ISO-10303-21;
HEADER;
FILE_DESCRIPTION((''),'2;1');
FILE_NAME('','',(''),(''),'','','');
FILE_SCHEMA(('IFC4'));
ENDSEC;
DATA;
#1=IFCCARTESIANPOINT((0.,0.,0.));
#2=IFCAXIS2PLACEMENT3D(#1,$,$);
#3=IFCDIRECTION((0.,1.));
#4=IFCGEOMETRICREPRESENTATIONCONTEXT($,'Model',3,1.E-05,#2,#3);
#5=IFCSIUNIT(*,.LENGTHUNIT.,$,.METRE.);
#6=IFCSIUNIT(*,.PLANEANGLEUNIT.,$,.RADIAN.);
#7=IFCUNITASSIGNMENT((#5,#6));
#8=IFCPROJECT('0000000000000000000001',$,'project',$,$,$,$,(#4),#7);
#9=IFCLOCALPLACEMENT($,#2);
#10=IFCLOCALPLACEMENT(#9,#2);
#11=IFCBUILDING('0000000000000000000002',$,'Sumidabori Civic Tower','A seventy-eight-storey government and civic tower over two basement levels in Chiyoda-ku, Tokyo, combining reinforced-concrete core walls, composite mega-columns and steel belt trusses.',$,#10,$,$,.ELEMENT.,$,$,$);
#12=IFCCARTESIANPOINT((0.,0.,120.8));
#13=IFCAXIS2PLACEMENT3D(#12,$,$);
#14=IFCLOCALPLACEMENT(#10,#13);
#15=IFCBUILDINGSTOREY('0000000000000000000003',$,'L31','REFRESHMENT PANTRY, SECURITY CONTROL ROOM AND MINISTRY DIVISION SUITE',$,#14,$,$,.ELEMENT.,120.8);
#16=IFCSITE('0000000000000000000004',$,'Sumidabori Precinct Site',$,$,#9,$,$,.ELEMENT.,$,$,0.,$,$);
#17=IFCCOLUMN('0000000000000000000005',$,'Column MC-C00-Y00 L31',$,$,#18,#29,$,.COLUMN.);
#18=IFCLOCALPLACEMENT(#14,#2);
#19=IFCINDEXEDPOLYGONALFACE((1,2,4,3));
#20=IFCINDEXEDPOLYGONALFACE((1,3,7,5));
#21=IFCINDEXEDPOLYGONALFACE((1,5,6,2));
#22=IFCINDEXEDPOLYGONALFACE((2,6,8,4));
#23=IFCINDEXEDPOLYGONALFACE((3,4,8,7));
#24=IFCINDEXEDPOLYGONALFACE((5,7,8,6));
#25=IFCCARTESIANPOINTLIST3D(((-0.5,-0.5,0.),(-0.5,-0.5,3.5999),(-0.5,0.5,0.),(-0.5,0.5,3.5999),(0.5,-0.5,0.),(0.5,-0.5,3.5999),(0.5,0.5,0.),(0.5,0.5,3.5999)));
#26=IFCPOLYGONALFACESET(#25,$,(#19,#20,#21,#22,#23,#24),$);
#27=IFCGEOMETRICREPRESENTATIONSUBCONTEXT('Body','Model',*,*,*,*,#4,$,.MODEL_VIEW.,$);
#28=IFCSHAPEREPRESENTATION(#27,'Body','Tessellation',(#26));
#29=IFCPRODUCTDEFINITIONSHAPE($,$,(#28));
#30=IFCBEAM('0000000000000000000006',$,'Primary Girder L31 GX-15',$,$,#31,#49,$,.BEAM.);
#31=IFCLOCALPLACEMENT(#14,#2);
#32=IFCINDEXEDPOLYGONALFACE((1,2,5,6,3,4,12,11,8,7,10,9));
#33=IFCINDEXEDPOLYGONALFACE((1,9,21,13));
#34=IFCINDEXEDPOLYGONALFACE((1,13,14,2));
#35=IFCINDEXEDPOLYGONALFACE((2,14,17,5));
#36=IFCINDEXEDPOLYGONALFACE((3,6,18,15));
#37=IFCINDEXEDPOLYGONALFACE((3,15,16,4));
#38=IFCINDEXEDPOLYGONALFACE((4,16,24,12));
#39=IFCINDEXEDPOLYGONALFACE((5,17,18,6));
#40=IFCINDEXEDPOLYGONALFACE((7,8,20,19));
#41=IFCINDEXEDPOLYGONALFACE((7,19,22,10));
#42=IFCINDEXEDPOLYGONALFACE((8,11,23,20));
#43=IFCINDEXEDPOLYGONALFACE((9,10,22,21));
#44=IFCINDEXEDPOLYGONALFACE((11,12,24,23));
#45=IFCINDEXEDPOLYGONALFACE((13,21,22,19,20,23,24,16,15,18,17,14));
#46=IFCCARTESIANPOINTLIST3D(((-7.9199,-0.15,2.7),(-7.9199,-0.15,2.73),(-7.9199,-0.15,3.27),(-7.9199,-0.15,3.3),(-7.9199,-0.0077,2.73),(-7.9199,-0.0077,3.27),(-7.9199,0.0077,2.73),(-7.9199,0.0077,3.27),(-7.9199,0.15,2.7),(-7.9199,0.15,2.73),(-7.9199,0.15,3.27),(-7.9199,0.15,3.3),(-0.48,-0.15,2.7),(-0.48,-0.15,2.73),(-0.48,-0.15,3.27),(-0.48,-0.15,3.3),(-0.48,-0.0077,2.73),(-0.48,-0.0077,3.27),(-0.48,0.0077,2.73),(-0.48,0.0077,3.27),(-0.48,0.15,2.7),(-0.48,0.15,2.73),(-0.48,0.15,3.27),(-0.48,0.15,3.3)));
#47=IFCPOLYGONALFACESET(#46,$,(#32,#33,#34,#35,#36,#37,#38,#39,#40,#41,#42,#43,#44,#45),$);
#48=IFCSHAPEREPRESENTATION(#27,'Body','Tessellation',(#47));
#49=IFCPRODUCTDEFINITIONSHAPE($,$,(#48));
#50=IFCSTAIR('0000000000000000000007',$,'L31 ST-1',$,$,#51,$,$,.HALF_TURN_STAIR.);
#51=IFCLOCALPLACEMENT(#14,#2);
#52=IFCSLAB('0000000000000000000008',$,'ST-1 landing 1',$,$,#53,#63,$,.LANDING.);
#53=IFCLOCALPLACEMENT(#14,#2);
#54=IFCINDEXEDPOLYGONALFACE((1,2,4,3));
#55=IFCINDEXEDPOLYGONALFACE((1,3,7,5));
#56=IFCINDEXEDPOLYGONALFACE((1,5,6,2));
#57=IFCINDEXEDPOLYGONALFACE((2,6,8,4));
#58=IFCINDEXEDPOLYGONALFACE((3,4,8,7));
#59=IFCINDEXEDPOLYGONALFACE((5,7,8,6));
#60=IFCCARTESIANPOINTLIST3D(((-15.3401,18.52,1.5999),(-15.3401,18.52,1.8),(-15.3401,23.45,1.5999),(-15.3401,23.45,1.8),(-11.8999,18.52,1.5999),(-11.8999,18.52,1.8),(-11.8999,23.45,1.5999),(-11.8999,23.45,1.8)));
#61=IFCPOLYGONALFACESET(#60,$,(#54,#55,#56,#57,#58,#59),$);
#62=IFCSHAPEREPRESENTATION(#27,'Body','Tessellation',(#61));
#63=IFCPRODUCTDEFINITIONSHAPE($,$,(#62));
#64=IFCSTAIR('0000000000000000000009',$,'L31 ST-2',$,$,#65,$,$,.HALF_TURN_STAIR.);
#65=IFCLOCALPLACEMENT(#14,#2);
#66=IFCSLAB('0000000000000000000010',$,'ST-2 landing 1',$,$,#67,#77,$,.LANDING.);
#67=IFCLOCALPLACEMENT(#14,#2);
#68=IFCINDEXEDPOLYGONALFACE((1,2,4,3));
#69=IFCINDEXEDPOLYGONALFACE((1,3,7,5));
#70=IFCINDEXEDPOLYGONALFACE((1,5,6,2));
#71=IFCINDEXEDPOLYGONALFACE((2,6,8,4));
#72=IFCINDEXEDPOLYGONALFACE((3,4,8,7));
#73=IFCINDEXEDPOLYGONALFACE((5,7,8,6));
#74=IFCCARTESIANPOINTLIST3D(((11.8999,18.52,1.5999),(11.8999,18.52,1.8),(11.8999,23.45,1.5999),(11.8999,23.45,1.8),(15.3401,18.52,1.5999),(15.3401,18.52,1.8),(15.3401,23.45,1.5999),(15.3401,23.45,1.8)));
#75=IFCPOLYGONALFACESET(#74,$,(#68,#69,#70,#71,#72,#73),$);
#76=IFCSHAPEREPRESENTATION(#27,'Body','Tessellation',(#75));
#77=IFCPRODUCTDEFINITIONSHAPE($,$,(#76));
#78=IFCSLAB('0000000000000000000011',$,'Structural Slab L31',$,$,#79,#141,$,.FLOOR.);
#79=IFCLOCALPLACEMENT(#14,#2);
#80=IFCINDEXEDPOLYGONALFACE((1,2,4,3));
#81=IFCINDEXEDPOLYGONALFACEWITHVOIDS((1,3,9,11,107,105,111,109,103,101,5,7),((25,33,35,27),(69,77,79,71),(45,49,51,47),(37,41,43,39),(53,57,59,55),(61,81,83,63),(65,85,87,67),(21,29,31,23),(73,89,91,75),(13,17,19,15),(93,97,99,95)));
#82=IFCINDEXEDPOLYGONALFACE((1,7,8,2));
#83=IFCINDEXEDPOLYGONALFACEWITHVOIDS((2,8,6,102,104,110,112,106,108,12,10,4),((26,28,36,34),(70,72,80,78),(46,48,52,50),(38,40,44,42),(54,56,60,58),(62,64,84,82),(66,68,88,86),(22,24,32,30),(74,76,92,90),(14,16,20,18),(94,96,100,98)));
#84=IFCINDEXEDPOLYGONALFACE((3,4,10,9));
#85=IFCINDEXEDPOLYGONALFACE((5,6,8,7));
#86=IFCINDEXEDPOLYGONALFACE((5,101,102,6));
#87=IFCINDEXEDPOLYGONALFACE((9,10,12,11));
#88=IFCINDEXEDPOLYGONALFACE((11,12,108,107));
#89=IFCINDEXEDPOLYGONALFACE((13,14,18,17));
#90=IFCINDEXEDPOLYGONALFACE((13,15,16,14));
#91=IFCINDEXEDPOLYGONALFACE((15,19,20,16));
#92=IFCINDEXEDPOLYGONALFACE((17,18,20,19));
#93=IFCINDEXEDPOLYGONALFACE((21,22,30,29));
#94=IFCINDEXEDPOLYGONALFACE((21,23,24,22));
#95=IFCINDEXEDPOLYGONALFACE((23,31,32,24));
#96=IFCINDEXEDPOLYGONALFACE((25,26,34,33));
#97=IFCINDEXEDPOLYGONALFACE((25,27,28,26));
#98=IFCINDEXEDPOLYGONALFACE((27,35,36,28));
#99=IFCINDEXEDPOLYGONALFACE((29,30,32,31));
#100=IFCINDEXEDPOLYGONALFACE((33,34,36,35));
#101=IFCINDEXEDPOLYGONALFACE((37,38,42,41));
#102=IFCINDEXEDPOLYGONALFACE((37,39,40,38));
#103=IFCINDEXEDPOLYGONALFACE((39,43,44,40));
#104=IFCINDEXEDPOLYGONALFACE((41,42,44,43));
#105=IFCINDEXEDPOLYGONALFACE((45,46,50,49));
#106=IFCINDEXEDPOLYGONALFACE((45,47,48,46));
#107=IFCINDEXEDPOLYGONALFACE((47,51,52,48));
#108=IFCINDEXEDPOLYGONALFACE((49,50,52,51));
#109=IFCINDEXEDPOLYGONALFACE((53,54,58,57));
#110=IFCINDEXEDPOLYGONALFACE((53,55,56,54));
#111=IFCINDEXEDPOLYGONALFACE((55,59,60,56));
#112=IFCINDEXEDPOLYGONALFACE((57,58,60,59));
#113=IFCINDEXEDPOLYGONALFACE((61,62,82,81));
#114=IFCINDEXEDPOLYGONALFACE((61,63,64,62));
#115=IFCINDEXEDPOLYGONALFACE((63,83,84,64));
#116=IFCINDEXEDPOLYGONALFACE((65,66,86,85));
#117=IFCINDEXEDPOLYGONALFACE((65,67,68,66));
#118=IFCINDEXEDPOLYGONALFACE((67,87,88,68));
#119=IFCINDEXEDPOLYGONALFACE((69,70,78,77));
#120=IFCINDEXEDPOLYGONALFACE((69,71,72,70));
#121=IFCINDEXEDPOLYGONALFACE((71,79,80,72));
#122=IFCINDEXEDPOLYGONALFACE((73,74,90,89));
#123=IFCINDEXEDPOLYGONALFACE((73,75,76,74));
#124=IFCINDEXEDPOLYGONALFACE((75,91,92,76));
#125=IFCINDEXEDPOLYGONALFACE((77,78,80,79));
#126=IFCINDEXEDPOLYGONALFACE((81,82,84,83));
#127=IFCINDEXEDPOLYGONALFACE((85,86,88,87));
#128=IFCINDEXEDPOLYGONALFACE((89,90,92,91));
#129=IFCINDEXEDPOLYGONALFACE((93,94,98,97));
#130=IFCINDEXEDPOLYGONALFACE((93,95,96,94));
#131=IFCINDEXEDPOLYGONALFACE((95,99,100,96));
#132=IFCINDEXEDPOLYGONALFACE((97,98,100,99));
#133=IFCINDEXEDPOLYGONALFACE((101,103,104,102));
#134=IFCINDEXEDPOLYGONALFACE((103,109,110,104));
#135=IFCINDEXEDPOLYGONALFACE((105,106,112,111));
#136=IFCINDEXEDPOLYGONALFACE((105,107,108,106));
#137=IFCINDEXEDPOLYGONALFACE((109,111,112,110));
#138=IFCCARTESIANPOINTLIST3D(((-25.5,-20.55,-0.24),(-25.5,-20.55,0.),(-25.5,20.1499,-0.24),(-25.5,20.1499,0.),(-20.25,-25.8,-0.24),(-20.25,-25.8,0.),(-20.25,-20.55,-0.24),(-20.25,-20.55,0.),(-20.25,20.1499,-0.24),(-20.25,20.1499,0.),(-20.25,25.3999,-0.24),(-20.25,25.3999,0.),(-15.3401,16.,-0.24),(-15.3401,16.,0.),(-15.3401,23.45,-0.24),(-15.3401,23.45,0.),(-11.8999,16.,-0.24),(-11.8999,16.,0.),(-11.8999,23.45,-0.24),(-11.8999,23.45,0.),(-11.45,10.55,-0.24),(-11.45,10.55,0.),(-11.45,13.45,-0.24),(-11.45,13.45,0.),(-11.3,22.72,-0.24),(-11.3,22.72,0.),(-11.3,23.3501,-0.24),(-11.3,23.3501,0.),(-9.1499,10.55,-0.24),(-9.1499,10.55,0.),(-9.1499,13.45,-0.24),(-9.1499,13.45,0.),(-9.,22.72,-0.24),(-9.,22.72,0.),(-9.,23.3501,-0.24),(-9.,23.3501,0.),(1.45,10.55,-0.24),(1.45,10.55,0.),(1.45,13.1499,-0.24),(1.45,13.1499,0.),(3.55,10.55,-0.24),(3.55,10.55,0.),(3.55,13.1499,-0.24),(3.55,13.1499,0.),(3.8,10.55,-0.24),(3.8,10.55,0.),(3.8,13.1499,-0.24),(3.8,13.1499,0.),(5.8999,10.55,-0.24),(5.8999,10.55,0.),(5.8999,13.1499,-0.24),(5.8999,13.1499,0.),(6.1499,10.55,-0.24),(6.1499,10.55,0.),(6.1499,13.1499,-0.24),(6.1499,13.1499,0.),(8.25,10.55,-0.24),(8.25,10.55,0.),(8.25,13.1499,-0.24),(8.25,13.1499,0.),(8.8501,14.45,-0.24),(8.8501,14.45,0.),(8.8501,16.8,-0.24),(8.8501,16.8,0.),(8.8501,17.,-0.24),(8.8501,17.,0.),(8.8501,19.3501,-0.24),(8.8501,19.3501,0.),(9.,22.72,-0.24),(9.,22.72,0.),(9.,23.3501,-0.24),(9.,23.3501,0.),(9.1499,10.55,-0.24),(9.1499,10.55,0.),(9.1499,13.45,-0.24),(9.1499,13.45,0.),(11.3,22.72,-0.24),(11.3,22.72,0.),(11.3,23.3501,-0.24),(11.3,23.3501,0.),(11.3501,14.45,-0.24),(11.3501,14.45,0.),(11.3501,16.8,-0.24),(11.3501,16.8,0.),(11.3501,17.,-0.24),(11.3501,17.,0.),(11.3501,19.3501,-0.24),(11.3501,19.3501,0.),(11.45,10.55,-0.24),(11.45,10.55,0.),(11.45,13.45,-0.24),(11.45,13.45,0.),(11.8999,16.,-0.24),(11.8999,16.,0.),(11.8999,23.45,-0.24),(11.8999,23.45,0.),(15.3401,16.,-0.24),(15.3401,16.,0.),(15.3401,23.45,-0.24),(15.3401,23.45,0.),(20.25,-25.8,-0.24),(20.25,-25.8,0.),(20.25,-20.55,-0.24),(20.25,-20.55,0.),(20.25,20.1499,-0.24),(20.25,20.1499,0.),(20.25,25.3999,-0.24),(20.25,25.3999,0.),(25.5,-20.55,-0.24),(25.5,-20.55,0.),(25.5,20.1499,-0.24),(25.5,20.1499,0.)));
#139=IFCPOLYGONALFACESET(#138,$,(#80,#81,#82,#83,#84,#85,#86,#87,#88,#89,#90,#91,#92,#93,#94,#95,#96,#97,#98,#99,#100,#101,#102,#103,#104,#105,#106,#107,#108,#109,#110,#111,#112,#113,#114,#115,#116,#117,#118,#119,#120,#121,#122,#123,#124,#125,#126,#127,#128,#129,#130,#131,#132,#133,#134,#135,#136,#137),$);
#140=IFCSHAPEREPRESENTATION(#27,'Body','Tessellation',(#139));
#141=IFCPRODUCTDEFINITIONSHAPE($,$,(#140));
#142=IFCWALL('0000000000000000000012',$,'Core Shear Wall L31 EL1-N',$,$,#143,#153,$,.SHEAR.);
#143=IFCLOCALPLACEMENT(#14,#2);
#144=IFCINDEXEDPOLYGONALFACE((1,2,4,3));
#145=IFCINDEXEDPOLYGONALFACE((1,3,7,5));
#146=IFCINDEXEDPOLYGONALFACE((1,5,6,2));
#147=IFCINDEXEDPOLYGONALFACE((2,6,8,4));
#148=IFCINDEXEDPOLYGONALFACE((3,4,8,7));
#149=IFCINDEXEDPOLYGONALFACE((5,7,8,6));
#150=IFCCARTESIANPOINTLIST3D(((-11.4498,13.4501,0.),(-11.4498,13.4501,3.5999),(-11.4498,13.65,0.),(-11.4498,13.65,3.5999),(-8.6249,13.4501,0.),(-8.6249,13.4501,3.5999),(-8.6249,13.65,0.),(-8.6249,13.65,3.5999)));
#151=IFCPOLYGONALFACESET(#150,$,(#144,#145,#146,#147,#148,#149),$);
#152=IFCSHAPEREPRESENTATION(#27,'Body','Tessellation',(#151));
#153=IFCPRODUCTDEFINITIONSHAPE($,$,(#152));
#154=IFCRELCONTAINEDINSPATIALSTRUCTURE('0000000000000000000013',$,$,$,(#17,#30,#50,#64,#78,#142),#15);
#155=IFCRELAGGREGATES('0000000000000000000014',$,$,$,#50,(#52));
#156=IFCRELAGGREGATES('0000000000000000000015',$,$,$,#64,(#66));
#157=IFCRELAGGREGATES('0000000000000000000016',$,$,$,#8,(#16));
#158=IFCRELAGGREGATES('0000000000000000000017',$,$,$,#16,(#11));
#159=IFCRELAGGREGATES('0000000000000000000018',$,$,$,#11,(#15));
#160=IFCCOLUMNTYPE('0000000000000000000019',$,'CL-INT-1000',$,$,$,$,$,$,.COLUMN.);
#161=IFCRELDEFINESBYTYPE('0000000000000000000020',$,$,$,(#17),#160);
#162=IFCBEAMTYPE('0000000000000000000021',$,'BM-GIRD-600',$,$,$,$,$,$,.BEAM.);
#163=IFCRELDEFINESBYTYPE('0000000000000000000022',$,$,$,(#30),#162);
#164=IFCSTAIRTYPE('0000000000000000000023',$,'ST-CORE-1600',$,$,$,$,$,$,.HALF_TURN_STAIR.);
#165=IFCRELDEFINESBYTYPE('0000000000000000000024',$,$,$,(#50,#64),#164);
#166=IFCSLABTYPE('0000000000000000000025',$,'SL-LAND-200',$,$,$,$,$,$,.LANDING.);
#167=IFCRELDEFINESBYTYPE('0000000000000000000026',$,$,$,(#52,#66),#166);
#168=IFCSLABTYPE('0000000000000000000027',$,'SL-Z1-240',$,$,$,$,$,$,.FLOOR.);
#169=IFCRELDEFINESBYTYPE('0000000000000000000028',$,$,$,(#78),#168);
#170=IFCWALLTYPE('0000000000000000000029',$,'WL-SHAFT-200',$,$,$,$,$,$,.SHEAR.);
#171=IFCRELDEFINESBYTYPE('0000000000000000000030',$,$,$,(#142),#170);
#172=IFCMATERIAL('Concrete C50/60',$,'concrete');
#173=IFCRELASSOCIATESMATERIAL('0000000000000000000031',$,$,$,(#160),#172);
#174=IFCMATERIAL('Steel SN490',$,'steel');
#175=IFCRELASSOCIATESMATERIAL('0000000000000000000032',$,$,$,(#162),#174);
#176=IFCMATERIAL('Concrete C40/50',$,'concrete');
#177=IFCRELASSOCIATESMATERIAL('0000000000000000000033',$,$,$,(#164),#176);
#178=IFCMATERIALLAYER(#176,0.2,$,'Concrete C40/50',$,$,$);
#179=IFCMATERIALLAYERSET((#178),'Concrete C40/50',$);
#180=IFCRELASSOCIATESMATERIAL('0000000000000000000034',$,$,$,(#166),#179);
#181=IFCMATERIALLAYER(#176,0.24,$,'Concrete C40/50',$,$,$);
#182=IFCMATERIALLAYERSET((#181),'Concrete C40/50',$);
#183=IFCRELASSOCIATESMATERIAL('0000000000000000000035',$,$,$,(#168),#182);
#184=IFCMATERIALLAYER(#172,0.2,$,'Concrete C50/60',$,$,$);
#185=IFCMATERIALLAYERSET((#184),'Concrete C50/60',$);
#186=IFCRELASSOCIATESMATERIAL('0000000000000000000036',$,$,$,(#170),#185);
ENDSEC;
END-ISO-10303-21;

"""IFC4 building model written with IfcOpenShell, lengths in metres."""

from ifc_helpers import new_model, si_unit, direction, frame, frame_2d, origin, origin_with_axes, origin_2d, place, context, subcontext, project, spatial, polyline, rectangle, i_section, outline, extrude, source, transform, mapped, material, layer, layer_set, material_profile, profile_set, type_object, element, aggregate, save


model = new_model("IFC4")

# Units and contexts
model_context = context("Model", 3, precision=1e-05, world=origin(), true_north=direction((0.0, 1.0)))
body_context = subcontext(model_context, "Body", "Model", "MODEL_VIEW")
ifc_project = project(units=[si_unit("LENGTHUNIT", "METRE"), si_unit("PLANEANGLEUNIT", "RADIAN")], contexts=[model_context])

# Site, building, storey
site_placement = place(None, origin())
site = spatial("IfcSite", under=ifc_project, at=site_placement, Name="Sumidabori Precinct Site", CompositionType="ELEMENT", RefElevation=0.0)
building_placement = place(site_placement, origin())
building = spatial("IfcBuilding", under=site, at=building_placement, Name="Sumidabori Civic Tower", Description="A seventy-eight-storey government and civic tower over two basement levels in Chiyoda-ku, Tokyo, combining reinforced-concrete core walls, composite mega-columns and steel belt trusses.", CompositionType="ELEMENT")
storey_placement = place(building_placement, frame((0.0, 0.0, 120.8)))
storey = spatial("IfcBuildingStorey", under=building, at=storey_placement, Name="L31", Description="REFRESHMENT PANTRY, SECURITY CONTROL ROOM AND MINISTRY DIVISION SUITE", CompositionType="ELEMENT", Elevation=120.8)

# Column
ifc_material_1 = material(Name="Concrete C50/60", Category="concrete")
ifc_material_profile_1 = material_profile(ifc_material_1, rectangle(XDim=1.0, YDim=1.0, at=origin_2d()), Name="RC 1000x1000")
ifc_profile_set_1 = profile_set([ifc_material_profile_1], Name="Concrete C50/60")
column_type = type_object("IfcColumnType", Name="CL-INT-1000", PredefinedType="COLUMN", material=ifc_profile_set_1)
shared_shape_1 = source(origin(), body_context, "Body", "SweptSolid", [
    extrude(rectangle(XDim=1.0, YDim=1.0, at=origin_2d()), origin(), (0.0, 0.0, 1.0), 3.5999),
])
column_placement = place(storey_placement, origin_with_axes())
element("IfcColumn", 1, at=column_placement, inside=storey, type_object=column_type, Name="Column MC-C00-Y00 L31", PredefinedType="COLUMN", context=body_context, shape_type="MappedRepresentation", body=[
    mapped(shared_shape_1, transform((0.0, 0.0, 0.0), x_axis=(1.0, 0.0, 0.0), y_axis=(0.0, 1.0, 0.0), z_axis=(0.0, 0.0, 1.0), scale=1.0)),
])

# Beam
ifc_material_2 = material(Name="Steel SN490", Category="steel")
ifc_material_profile_2 = material_profile(ifc_material_2, i_section(OverallWidth=0.3, OverallDepth=0.6001, WebThickness=0.0154, FlangeThickness=0.03, at=origin_2d()), Name="HE 600 B")
ifc_profile_set_2 = profile_set([ifc_material_profile_2], Name="Steel SN490")
beam_type = type_object("IfcBeamType", Name="BM-GIRD-600", PredefinedType="BEAM", material=ifc_profile_set_2)
shared_shape_2 = source(origin(), body_context, "Body", "SweptSolid", [
    extrude(i_section(OverallWidth=0.3, OverallDepth=0.6001, WebThickness=0.0154, FlangeThickness=0.03, at=origin_2d()), origin(), (0.0, 0.0, 1.0), 7.4399),
])
beam_placement = place(storey_placement, frame((-7.9199, 0.0, 3.0), z_axis=(1.0, 0.0, 0.0), x_axis=(0.0, 1.0, 0.0)))
element("IfcBeam", 2, at=beam_placement, inside=storey, type_object=beam_type, Name="Primary Girder L31 GX-15", PredefinedType="BEAM", context=body_context, shape_type="MappedRepresentation", body=[
    mapped(shared_shape_2, transform((0.0, 0.0, 0.0), x_axis=(1.0, 0.0, 0.0), y_axis=(0.0, 1.0, 0.0), z_axis=(0.0, 0.0, 1.0), scale=1.0)),
])

# Stairs, slabs
ifc_material_3 = material(Name="Concrete C40/50", Category="concrete")
stair_type = type_object("IfcStairType", Name="ST-CORE-1600", PredefinedType="HALF_TURN_STAIR", material=ifc_material_3)
stair_1_placement = place(storey_placement, origin())
stair_1 = element("IfcStair", 3, at=stair_1_placement, inside=storey, type_object=stair_type, Name="L31 ST-1", PredefinedType="HALF_TURN_STAIR")
ifc_layer_1 = layer(ifc_material_3, 0.2, Name="Concrete C40/50")
ifc_layer_set_1 = layer_set([ifc_layer_1], Name="Concrete C40/50")
slab_type_1 = type_object("IfcSlabType", Name="SL-LAND-200", PredefinedType="LANDING", material=ifc_layer_set_1)
slab_1_placement = place(storey_placement, frame((0.0, 0.0, 1.5999)))
slab_1 = element("IfcSlab", 4, at=slab_1_placement, type_object=slab_type_1, Name="ST-1 landing 1", PredefinedType="LANDING", context=body_context, shape_type="SweptSolid", body=[
    extrude(outline(polyline([(-11.8999, 18.52), (-11.8999, 23.45), (-15.3401, 23.45), (-15.3401, 18.52), (-11.8999, 18.52)])), origin(), (0.0, 0.0, 1.0), 0.2002),
])
aggregate(stair_1, [slab_1])
stair_2_placement = place(storey_placement, origin())
stair_2 = element("IfcStair", 5, at=stair_2_placement, inside=storey, type_object=stair_type, Name="L31 ST-2", PredefinedType="HALF_TURN_STAIR")
slab_2_placement = place(storey_placement, frame((0.0, 0.0, 1.5999)))
slab_2 = element("IfcSlab", 6, at=slab_2_placement, type_object=slab_type_1, Name="ST-2 landing 1", PredefinedType="LANDING", context=body_context, shape_type="SweptSolid", body=[
    extrude(outline(polyline([(15.3401, 18.52), (15.3401, 23.45), (11.8999, 23.45), (11.8999, 18.52), (15.3401, 18.52)])), origin(), (0.0, 0.0, 1.0), 0.2002),
])
aggregate(stair_2, [slab_2])

# Slab
ifc_layer_2 = layer(ifc_material_3, 0.24, Name="Concrete C40/50")
ifc_layer_set_2 = layer_set([ifc_layer_2], Name="Concrete C40/50")
slab_type_2 = type_object("IfcSlabType", Name="SL-Z1-240", PredefinedType="FLOOR", material=ifc_layer_set_2)
slab_3_placement = place(storey_placement, frame((0.0, 0.0, -0.24)))
element("IfcSlab", 7, at=slab_3_placement, inside=storey, type_object=slab_type_2, Name="Structural Slab L31", PredefinedType="FLOOR", context=body_context, shape_type="SweptSolid", body=[
    extrude(outline(polyline([(-20.25, -25.8), (20.25, -25.8), (20.25, -20.55), (25.5, -20.55), (25.5, 20.1499), (20.25, 20.1499), (20.25, 25.3999), (-20.25, 25.3999), (-20.25, 20.1499), (-25.5, 20.1499), (-25.5, -20.55), (-20.25, -20.55), (-20.25, -25.8)]), holes=[polyline([(-11.8999, 16.0), (-11.8999, 23.45), (-15.3401, 23.45), (-15.3401, 16.0), (-11.8999, 16.0)]), polyline([(15.3401, 16.0), (15.3401, 23.45), (11.8999, 23.45), (11.8999, 16.0), (15.3401, 16.0)]), polyline([(-11.45, 10.55), (-9.1499, 10.55), (-9.1499, 13.45), (-11.45, 13.45), (-11.45, 10.55)]), polyline([(9.1499, 10.55), (11.45, 10.55), (11.45, 13.45), (9.1499, 13.45), (9.1499, 10.55)]), polyline([(1.45, 10.55), (3.55, 10.55), (3.55, 13.1499), (1.45, 13.1499), (1.45, 10.55)]), polyline([(3.8, 10.55), (5.8999, 10.55), (5.8999, 13.1499), (3.8, 13.1499), (3.8, 10.55)]), polyline([(6.1499, 10.55), (8.25, 10.55), (8.25, 13.1499), (6.1499, 13.1499), (6.1499, 10.55)]), polyline([(8.8501, 14.45), (11.3501, 14.45), (11.3501, 16.8), (8.8501, 16.8), (8.8501, 14.45)]), polyline([(8.8501, 17.0), (11.3501, 17.0), (11.3501, 19.3501), (8.8501, 19.3501), (8.8501, 17.0)]), polyline([(-11.3, 22.72), (-9.0, 22.72), (-9.0, 23.3501), (-11.3, 23.3501), (-11.3, 22.72)]), polyline([(9.0, 22.72), (11.3, 22.72), (11.3, 23.3501), (9.0, 23.3501), (9.0, 22.72)])]), origin(), (0.0, 0.0, 1.0), 0.24),
])

# Wall
ifc_layer_3 = layer(ifc_material_1, 0.2, Name="Concrete C50/60")
ifc_layer_set_3 = layer_set([ifc_layer_3], Name="Concrete C50/60")
wall_type_1 = type_object("IfcWallType", Name="WL-SHAFT-200", PredefinedType="SHEAR", material=ifc_layer_set_3)
shared_shape_3 = source(origin(), body_context, "Body", "SweptSolid", [
    extrude(rectangle(XDim=2.825, YDim=0.2, at=frame_2d((1.4126, 0.0))), origin(), (0.0, 0.0, 1.0), 3.5999),
])
wall_1_placement = place(storey_placement, frame((-11.45, 13.55, 0.0), z_axis=(0.0, 0.0, 1.0), x_axis=(1.0, 0.0, 0.0)))
element("IfcWall", 8, at=wall_1_placement, inside=storey, type_object=wall_type_1, Name="Core Shear Wall L31 EL1-N", PredefinedType="SHEAR", context=body_context, shape_type="MappedRepresentation", body=[
    mapped(shared_shape_3, transform((0.0, 0.0, 0.0), x_axis=(1.0, 0.0, 0.0), y_axis=(0.0, 1.0, 0.0), z_axis=(0.0, 0.0, 1.0), scale=1.0)),
])

save(model, "model.ifc")
